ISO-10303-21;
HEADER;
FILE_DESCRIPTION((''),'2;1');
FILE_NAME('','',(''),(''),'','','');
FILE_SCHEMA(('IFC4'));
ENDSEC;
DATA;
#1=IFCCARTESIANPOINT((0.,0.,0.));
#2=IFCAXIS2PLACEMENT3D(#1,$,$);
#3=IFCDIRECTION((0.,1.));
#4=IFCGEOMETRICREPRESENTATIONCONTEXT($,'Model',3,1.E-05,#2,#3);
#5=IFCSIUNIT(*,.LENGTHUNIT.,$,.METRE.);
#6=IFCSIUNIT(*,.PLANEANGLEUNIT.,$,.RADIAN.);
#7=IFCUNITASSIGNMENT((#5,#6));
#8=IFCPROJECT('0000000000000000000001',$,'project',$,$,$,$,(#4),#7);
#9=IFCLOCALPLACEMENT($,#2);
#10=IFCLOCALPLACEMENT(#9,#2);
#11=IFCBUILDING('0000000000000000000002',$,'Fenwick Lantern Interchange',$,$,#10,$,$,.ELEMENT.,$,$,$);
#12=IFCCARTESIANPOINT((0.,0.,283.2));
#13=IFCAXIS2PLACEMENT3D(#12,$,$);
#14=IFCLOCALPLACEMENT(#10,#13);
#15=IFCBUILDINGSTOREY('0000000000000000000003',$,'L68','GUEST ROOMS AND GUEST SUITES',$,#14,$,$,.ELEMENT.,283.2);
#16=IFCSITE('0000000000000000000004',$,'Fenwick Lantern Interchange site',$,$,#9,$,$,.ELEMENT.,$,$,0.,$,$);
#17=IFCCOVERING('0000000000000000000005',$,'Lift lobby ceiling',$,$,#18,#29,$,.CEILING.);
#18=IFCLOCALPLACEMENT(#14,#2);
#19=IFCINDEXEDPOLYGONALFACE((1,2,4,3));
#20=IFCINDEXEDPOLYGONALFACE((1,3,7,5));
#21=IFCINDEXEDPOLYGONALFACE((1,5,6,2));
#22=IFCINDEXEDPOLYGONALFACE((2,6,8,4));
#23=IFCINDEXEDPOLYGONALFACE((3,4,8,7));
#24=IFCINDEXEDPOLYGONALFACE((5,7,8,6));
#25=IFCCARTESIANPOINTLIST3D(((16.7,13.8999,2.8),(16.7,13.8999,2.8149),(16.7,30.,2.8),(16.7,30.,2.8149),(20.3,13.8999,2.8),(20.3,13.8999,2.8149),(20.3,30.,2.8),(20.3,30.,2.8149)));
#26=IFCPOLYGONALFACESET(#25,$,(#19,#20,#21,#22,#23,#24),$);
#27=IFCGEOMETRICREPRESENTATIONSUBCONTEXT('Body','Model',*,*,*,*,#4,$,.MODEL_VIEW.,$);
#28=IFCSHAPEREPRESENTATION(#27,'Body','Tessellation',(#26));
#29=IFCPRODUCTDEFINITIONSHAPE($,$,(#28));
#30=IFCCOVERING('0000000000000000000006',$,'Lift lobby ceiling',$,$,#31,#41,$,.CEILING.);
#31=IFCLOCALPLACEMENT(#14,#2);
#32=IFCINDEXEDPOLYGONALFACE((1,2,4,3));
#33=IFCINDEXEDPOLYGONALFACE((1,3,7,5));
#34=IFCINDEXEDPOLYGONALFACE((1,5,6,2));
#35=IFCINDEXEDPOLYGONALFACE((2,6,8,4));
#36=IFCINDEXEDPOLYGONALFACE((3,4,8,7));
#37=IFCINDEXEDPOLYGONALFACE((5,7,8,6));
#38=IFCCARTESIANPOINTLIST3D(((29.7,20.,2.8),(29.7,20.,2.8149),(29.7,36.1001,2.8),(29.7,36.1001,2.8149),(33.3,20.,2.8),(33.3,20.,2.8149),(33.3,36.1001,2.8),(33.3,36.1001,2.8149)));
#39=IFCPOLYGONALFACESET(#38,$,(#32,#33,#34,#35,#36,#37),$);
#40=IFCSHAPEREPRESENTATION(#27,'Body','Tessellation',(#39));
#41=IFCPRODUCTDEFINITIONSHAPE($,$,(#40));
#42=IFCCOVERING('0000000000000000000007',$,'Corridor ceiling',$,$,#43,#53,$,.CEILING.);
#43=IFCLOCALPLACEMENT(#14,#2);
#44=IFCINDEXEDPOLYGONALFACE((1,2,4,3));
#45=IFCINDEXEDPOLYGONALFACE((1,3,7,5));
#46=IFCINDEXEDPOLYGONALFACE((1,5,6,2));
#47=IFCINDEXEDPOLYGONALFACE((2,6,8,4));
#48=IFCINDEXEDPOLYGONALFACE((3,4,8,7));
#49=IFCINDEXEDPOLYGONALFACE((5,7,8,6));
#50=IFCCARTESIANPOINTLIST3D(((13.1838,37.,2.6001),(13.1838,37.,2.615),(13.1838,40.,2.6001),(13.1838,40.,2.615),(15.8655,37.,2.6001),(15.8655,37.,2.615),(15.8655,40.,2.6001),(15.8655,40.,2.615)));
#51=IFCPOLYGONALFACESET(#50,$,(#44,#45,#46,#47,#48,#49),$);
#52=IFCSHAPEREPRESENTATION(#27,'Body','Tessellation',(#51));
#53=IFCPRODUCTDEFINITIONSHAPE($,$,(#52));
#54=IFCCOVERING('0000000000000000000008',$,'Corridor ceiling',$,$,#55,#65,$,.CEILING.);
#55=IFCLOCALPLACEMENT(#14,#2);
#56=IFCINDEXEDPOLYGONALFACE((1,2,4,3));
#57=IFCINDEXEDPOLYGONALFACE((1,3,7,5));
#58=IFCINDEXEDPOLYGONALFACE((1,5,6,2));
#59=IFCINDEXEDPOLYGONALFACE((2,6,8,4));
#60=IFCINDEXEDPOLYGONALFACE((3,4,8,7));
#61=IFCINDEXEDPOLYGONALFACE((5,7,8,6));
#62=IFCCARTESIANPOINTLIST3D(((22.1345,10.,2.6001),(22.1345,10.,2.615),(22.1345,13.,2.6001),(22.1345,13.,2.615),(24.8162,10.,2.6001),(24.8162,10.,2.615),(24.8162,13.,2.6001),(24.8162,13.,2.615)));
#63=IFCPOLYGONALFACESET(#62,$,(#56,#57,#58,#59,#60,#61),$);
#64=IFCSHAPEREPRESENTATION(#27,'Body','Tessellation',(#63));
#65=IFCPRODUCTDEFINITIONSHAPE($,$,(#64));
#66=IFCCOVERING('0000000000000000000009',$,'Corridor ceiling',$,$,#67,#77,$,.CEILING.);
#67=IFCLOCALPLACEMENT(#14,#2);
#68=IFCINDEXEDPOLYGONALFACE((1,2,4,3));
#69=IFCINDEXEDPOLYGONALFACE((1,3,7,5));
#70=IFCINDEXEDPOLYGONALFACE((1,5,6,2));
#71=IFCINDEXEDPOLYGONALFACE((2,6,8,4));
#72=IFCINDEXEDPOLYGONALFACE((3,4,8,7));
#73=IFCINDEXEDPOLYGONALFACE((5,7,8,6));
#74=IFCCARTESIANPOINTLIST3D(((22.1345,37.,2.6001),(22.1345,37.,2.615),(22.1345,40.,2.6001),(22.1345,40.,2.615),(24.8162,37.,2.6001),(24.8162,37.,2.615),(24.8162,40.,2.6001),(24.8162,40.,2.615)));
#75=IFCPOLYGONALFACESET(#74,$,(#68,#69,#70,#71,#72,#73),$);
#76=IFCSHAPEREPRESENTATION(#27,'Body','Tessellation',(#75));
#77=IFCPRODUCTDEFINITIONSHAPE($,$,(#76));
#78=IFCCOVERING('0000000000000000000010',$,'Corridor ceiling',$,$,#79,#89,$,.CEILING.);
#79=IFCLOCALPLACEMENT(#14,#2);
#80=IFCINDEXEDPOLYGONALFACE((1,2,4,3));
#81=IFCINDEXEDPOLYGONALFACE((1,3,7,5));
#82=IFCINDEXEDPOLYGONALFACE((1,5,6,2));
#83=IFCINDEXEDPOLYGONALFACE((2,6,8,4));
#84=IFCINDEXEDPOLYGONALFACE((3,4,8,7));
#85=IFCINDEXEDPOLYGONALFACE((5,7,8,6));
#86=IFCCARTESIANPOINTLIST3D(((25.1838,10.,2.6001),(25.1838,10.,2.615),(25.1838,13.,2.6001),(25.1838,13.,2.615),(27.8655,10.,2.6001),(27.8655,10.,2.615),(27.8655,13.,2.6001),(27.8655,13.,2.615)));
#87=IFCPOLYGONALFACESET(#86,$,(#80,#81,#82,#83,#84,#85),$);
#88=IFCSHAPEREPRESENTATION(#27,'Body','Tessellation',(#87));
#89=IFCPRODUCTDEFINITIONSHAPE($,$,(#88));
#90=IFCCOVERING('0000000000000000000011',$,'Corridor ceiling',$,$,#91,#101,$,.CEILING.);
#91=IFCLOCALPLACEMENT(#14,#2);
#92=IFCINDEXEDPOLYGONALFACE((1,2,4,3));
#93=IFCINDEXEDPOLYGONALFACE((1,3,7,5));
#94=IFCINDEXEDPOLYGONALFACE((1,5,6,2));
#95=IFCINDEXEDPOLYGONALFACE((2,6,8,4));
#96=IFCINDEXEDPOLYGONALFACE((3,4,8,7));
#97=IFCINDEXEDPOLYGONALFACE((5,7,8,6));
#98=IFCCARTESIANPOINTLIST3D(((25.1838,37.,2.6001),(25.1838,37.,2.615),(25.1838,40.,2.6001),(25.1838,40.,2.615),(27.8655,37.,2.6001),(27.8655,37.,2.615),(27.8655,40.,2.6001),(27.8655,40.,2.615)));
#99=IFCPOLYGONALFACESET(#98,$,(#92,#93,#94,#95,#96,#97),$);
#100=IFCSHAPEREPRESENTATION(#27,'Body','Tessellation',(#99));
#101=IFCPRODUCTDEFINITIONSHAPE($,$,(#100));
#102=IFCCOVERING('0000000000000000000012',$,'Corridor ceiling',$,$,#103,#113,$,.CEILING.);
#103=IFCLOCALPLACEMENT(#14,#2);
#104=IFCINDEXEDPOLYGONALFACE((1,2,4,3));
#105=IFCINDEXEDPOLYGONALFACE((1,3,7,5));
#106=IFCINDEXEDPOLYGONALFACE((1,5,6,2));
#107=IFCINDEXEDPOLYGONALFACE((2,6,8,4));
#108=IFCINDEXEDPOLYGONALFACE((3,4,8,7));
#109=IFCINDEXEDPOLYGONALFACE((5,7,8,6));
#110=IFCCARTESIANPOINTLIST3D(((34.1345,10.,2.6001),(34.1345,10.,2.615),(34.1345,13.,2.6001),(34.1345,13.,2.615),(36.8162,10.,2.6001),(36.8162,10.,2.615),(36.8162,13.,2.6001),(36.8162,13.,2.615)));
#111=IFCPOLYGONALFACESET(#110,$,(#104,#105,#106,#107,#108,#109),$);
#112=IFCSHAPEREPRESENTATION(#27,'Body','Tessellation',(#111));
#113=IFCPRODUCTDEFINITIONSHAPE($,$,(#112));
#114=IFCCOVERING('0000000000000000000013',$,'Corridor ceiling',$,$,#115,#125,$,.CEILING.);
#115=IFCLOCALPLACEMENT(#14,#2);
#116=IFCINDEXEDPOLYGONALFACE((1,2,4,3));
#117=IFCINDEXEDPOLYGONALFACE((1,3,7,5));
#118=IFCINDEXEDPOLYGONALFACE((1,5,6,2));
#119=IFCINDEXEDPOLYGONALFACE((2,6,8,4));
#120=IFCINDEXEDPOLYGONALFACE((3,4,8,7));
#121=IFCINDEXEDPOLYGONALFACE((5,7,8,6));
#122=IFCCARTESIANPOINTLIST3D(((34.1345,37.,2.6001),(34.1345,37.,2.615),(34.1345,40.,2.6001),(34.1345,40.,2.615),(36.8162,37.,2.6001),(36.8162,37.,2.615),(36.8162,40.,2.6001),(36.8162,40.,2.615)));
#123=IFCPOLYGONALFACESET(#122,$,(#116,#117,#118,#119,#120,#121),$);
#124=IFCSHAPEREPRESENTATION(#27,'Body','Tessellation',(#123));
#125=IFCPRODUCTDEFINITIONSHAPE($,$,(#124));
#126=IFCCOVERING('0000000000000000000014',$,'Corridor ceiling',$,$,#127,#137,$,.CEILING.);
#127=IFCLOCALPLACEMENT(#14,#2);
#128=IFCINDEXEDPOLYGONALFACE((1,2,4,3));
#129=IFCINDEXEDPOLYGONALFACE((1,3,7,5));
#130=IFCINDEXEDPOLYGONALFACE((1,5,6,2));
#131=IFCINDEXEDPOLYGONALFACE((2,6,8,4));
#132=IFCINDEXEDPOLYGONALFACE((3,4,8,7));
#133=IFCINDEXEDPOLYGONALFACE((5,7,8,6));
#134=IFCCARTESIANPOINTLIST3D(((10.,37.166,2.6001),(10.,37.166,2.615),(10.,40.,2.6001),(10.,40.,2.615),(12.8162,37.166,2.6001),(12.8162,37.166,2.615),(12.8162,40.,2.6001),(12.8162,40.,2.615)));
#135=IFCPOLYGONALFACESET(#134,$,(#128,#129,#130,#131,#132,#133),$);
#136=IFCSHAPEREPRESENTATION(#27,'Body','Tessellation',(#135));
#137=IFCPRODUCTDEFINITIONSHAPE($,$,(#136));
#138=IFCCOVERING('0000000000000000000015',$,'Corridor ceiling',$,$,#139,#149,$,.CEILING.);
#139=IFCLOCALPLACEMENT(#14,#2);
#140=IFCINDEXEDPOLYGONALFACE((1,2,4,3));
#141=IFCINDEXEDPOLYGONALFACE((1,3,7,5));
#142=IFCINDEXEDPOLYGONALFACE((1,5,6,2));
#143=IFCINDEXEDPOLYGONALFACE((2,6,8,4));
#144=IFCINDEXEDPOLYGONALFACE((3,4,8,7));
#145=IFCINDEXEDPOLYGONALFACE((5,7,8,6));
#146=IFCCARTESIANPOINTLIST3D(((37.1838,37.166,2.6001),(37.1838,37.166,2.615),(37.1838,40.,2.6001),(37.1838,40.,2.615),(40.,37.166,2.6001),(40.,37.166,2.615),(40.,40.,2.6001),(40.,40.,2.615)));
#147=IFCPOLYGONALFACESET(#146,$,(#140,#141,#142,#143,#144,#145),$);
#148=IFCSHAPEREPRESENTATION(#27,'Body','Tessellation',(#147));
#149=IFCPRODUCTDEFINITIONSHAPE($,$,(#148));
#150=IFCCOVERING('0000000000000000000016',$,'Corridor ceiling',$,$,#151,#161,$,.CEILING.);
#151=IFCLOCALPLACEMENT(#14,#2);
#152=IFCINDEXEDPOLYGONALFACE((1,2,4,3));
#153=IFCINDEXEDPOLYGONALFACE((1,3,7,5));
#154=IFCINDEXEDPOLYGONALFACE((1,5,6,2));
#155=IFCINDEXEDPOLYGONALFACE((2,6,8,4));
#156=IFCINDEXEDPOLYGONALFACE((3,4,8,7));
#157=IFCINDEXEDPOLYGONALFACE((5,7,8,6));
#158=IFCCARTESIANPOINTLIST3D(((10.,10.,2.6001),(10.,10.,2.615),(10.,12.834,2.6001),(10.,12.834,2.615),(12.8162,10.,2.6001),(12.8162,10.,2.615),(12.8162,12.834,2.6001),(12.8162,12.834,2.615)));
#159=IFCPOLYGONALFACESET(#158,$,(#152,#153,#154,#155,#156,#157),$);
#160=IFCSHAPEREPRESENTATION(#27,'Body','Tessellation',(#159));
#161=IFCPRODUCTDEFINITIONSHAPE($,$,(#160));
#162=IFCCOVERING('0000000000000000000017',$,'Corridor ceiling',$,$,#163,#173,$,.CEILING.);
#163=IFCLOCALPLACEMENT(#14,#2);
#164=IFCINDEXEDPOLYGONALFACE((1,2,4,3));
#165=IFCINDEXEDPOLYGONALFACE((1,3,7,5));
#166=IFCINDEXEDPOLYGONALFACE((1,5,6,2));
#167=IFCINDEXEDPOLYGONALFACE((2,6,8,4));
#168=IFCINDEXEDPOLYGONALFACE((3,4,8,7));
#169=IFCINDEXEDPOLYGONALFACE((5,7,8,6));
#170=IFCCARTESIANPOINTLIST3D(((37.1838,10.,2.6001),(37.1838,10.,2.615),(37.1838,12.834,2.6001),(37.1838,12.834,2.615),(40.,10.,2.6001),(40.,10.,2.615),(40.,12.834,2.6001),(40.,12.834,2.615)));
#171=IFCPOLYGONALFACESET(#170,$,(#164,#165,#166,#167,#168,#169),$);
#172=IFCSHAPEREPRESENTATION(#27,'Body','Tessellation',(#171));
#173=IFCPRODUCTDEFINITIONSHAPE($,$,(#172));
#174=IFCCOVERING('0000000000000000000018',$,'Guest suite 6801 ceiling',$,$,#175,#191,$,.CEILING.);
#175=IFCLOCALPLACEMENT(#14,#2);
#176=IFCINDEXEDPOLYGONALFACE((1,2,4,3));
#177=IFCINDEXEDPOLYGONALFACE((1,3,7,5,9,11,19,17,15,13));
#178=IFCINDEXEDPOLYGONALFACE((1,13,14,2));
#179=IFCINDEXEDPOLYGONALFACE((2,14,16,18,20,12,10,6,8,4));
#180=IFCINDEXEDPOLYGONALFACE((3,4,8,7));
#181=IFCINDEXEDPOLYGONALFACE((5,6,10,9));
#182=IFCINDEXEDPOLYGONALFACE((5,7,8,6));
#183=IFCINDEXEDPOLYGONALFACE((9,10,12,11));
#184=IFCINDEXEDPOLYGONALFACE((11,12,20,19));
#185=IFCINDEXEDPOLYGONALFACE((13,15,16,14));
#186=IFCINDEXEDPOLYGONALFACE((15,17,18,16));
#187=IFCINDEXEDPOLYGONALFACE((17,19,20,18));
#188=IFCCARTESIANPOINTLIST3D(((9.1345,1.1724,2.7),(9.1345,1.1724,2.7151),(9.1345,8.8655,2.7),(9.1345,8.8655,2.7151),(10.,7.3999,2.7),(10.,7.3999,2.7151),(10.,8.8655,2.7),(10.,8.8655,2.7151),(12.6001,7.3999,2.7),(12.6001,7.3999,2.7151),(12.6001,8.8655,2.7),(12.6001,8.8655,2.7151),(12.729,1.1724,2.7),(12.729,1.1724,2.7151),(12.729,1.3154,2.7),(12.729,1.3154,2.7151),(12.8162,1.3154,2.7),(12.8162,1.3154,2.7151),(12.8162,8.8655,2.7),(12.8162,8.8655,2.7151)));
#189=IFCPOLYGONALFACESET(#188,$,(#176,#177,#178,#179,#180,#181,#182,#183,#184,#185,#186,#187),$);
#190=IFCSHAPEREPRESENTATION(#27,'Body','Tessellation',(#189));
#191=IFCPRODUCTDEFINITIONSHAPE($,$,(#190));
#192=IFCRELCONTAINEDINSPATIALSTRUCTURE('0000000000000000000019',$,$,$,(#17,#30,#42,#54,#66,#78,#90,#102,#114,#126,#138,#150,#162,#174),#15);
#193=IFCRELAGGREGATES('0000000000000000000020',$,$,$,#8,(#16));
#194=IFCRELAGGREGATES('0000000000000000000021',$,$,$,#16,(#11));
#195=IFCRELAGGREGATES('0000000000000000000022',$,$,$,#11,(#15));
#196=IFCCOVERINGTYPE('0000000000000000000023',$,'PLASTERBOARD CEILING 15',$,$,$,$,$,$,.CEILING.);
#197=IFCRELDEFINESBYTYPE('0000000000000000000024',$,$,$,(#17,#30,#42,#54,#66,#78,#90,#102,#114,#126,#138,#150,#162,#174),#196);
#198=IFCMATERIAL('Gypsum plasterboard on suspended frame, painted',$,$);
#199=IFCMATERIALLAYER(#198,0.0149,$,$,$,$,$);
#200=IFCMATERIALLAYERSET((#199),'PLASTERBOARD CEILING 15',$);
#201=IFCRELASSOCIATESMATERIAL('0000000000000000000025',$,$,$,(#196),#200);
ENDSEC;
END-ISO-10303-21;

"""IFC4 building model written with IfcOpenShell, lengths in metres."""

from ifc_helpers import new_model, si_unit, direction, frame, origin, place, context, subcontext, project, spatial, polyline, outline, extrude, material, layer, layer_set, type_object, element, save


model = new_model("IFC4")

# Units and contexts
model_context = context("Model", 3, precision=1e-05, world=origin(), true_north=direction((0.0, 1.0)))
body_context = subcontext(model_context, "Body", "Model", "MODEL_VIEW")
ifc_project = project(units=[si_unit("LENGTHUNIT", "METRE"), si_unit("PLANEANGLEUNIT", "RADIAN")], contexts=[model_context])

# Site, building, storey
site_placement = place(None, origin())
site = spatial("IfcSite", under=ifc_project, at=site_placement, Name="Fenwick Lantern Interchange site", CompositionType="ELEMENT", RefElevation=0.0)
building_placement = place(site_placement, origin())
building = spatial("IfcBuilding", under=site, at=building_placement, Name="Fenwick Lantern Interchange", CompositionType="ELEMENT")
storey_placement = place(building_placement, frame((0.0, 0.0, 283.2)))
storey = spatial("IfcBuildingStorey", under=building, at=storey_placement, Name="L68", Description="GUEST ROOMS AND GUEST SUITES", CompositionType="ELEMENT", Elevation=283.2)

# Coverings
ifc_material = material(Name="Gypsum plasterboard on suspended frame, painted")
ifc_layer = layer(ifc_material, 0.0149)
ifc_layer_set = layer_set([ifc_layer], Name="PLASTERBOARD CEILING 15")
covering_type = type_object("IfcCoveringType", Name="PLASTERBOARD CEILING 15", PredefinedType="CEILING", material=ifc_layer_set)
covering_1_placement = place(storey_placement, frame((0.0, 0.0, 2.8)))
element("IfcCovering", 1, at=covering_1_placement, inside=storey, type_object=covering_type, Name="Lift lobby ceiling", PredefinedType="CEILING", context=body_context, shape_type="SweptSolid", body=[
    extrude(outline(polyline([(16.7, 13.8999), (20.3, 13.8999), (20.3, 30.0), (16.7, 30.0), (16.7, 13.8999)])), origin(), (0.0, 0.0, 1.0), 0.0149),
])
covering_2_placement = place(storey_placement, frame((0.0, 0.0, 2.8)))
element("IfcCovering", 2, at=covering_2_placement, inside=storey, type_object=covering_type, Name="Lift lobby ceiling", PredefinedType="CEILING", context=body_context, shape_type="SweptSolid", body=[
    extrude(outline(polyline([(33.3, 36.1001), (29.7, 36.1001), (29.7, 20.0), (33.3, 20.0), (33.3, 36.1001)])), origin(), (0.0, 0.0, 1.0), 0.0149),
])
covering_3_placement = place(storey_placement, frame((0.0, 0.0, 2.6001)))
element("IfcCovering", 3, at=covering_3_placement, inside=storey, type_object=covering_type, Name="Corridor ceiling", PredefinedType="CEILING", context=body_context, shape_type="SweptSolid", body=[
    extrude(outline(polyline([(15.8655, 40.0), (13.1838, 40.0), (13.1838, 37.0), (15.8655, 37.0), (15.8655, 40.0)])), origin(), (0.0, 0.0, 1.0), 0.0149),
])
covering_4_placement = place(storey_placement, frame((0.0, 0.0, 2.6001)))
element("IfcCovering", 4, at=covering_4_placement, inside=storey, type_object=covering_type, Name="Corridor ceiling", PredefinedType="CEILING", context=body_context, shape_type="SweptSolid", body=[
    extrude(outline(polyline([(22.1345, 10.0), (24.8162, 10.0), (24.8162, 13.0), (22.1345, 13.0), (22.1345, 10.0)])), origin(), (0.0, 0.0, 1.0), 0.0149),
])
covering_5_placement = place(storey_placement, frame((0.0, 0.0, 2.6001)))
element("IfcCovering", 5, at=covering_5_placement, inside=storey, type_object=covering_type, Name="Corridor ceiling", PredefinedType="CEILING", context=body_context, shape_type="SweptSolid", body=[
    extrude(outline(polyline([(24.8162, 40.0), (22.1345, 40.0), (22.1345, 37.0), (24.8162, 37.0), (24.8162, 40.0)])), origin(), (0.0, 0.0, 1.0), 0.0149),
])
covering_6_placement = place(storey_placement, frame((0.0, 0.0, 2.6001)))
element("IfcCovering", 6, at=covering_6_placement, inside=storey, type_object=covering_type, Name="Corridor ceiling", PredefinedType="CEILING", context=body_context, shape_type="SweptSolid", body=[
    extrude(outline(polyline([(25.1838, 10.0), (27.8655, 10.0), (27.8655, 13.0), (25.1838, 13.0), (25.1838, 10.0)])), origin(), (0.0, 0.0, 1.0), 0.0149),
])
covering_7_placement = place(storey_placement, frame((0.0, 0.0, 2.6001)))
element("IfcCovering", 7, at=covering_7_placement, inside=storey, type_object=covering_type, Name="Corridor ceiling", PredefinedType="CEILING", context=body_context, shape_type="SweptSolid", body=[
    extrude(outline(polyline([(27.8655, 40.0), (25.1838, 40.0), (25.1838, 37.0), (27.8655, 37.0), (27.8655, 40.0)])), origin(), (0.0, 0.0, 1.0), 0.0149),
])
covering_8_placement = place(storey_placement, frame((0.0, 0.0, 2.6001)))
element("IfcCovering", 8, at=covering_8_placement, inside=storey, type_object=covering_type, Name="Corridor ceiling", PredefinedType="CEILING", context=body_context, shape_type="SweptSolid", body=[
    extrude(outline(polyline([(34.1345, 10.0), (36.8162, 10.0), (36.8162, 13.0), (34.1345, 13.0), (34.1345, 10.0)])), origin(), (0.0, 0.0, 1.0), 0.0149),
])
covering_9_placement = place(storey_placement, frame((0.0, 0.0, 2.6001)))
element("IfcCovering", 9, at=covering_9_placement, inside=storey, type_object=covering_type, Name="Corridor ceiling", PredefinedType="CEILING", context=body_context, shape_type="SweptSolid", body=[
    extrude(outline(polyline([(36.8162, 40.0), (34.1345, 40.0), (34.1345, 37.0), (36.8162, 37.0), (36.8162, 40.0)])), origin(), (0.0, 0.0, 1.0), 0.0149),
])
covering_10_placement = place(storey_placement, frame((0.0, 0.0, 2.6001)))
element("IfcCovering", 10, at=covering_10_placement, inside=storey, type_object=covering_type, Name="Corridor ceiling", PredefinedType="CEILING", context=body_context, shape_type="SweptSolid", body=[
    extrude(outline(polyline([(12.8162, 40.0), (10.0, 40.0), (10.0, 37.166), (12.8162, 37.166), (12.8162, 40.0)])), origin(), (0.0, 0.0, 1.0), 0.0149),
])
covering_11_placement = place(storey_placement, frame((0.0, 0.0, 2.6001)))
element("IfcCovering", 11, at=covering_11_placement, inside=storey, type_object=covering_type, Name="Corridor ceiling", PredefinedType="CEILING", context=body_context, shape_type="SweptSolid", body=[
    extrude(outline(polyline([(40.0, 40.0), (37.1838, 40.0), (37.1838, 37.166), (40.0, 37.166), (40.0, 40.0)])), origin(), (0.0, 0.0, 1.0), 0.0149),
])
covering_12_placement = place(storey_placement, frame((0.0, 0.0, 2.6001)))
element("IfcCovering", 12, at=covering_12_placement, inside=storey, type_object=covering_type, Name="Corridor ceiling", PredefinedType="CEILING", context=body_context, shape_type="SweptSolid", body=[
    extrude(outline(polyline([(10.0, 10.0), (12.8162, 10.0), (12.8162, 12.834), (10.0, 12.834), (10.0, 10.0)])), origin(), (0.0, 0.0, 1.0), 0.0149),
])
covering_13_placement = place(storey_placement, frame((0.0, 0.0, 2.6001)))
element("IfcCovering", 13, at=covering_13_placement, inside=storey, type_object=covering_type, Name="Corridor ceiling", PredefinedType="CEILING", context=body_context, shape_type="SweptSolid", body=[
    extrude(outline(polyline([(40.0, 10.0), (40.0, 12.834), (37.1838, 12.834), (37.1838, 10.0), (40.0, 10.0)])), origin(), (0.0, 0.0, 1.0), 0.0149),
])
covering_14_placement = place(storey_placement, frame((0.0, 0.0, 2.7)))
element("IfcCovering", 14, at=covering_14_placement, inside=storey, type_object=covering_type, Name="Guest suite 6801 ceiling", PredefinedType="CEILING", context=body_context, shape_type="SweptSolid", body=[
    extrude(outline(polyline([(10.0, 7.3999), (10.0, 8.8655), (9.1345, 8.8655), (9.1345, 1.1724), (12.729, 1.1724), (12.729, 1.3154), (12.8162, 1.3154), (12.8162, 8.8655), (12.6001, 8.8655), (12.6001, 7.3999), (10.0, 7.3999)])), origin(), (0.0, 0.0, 1.0), 0.0151),
])

save(model, "model.ifc")
